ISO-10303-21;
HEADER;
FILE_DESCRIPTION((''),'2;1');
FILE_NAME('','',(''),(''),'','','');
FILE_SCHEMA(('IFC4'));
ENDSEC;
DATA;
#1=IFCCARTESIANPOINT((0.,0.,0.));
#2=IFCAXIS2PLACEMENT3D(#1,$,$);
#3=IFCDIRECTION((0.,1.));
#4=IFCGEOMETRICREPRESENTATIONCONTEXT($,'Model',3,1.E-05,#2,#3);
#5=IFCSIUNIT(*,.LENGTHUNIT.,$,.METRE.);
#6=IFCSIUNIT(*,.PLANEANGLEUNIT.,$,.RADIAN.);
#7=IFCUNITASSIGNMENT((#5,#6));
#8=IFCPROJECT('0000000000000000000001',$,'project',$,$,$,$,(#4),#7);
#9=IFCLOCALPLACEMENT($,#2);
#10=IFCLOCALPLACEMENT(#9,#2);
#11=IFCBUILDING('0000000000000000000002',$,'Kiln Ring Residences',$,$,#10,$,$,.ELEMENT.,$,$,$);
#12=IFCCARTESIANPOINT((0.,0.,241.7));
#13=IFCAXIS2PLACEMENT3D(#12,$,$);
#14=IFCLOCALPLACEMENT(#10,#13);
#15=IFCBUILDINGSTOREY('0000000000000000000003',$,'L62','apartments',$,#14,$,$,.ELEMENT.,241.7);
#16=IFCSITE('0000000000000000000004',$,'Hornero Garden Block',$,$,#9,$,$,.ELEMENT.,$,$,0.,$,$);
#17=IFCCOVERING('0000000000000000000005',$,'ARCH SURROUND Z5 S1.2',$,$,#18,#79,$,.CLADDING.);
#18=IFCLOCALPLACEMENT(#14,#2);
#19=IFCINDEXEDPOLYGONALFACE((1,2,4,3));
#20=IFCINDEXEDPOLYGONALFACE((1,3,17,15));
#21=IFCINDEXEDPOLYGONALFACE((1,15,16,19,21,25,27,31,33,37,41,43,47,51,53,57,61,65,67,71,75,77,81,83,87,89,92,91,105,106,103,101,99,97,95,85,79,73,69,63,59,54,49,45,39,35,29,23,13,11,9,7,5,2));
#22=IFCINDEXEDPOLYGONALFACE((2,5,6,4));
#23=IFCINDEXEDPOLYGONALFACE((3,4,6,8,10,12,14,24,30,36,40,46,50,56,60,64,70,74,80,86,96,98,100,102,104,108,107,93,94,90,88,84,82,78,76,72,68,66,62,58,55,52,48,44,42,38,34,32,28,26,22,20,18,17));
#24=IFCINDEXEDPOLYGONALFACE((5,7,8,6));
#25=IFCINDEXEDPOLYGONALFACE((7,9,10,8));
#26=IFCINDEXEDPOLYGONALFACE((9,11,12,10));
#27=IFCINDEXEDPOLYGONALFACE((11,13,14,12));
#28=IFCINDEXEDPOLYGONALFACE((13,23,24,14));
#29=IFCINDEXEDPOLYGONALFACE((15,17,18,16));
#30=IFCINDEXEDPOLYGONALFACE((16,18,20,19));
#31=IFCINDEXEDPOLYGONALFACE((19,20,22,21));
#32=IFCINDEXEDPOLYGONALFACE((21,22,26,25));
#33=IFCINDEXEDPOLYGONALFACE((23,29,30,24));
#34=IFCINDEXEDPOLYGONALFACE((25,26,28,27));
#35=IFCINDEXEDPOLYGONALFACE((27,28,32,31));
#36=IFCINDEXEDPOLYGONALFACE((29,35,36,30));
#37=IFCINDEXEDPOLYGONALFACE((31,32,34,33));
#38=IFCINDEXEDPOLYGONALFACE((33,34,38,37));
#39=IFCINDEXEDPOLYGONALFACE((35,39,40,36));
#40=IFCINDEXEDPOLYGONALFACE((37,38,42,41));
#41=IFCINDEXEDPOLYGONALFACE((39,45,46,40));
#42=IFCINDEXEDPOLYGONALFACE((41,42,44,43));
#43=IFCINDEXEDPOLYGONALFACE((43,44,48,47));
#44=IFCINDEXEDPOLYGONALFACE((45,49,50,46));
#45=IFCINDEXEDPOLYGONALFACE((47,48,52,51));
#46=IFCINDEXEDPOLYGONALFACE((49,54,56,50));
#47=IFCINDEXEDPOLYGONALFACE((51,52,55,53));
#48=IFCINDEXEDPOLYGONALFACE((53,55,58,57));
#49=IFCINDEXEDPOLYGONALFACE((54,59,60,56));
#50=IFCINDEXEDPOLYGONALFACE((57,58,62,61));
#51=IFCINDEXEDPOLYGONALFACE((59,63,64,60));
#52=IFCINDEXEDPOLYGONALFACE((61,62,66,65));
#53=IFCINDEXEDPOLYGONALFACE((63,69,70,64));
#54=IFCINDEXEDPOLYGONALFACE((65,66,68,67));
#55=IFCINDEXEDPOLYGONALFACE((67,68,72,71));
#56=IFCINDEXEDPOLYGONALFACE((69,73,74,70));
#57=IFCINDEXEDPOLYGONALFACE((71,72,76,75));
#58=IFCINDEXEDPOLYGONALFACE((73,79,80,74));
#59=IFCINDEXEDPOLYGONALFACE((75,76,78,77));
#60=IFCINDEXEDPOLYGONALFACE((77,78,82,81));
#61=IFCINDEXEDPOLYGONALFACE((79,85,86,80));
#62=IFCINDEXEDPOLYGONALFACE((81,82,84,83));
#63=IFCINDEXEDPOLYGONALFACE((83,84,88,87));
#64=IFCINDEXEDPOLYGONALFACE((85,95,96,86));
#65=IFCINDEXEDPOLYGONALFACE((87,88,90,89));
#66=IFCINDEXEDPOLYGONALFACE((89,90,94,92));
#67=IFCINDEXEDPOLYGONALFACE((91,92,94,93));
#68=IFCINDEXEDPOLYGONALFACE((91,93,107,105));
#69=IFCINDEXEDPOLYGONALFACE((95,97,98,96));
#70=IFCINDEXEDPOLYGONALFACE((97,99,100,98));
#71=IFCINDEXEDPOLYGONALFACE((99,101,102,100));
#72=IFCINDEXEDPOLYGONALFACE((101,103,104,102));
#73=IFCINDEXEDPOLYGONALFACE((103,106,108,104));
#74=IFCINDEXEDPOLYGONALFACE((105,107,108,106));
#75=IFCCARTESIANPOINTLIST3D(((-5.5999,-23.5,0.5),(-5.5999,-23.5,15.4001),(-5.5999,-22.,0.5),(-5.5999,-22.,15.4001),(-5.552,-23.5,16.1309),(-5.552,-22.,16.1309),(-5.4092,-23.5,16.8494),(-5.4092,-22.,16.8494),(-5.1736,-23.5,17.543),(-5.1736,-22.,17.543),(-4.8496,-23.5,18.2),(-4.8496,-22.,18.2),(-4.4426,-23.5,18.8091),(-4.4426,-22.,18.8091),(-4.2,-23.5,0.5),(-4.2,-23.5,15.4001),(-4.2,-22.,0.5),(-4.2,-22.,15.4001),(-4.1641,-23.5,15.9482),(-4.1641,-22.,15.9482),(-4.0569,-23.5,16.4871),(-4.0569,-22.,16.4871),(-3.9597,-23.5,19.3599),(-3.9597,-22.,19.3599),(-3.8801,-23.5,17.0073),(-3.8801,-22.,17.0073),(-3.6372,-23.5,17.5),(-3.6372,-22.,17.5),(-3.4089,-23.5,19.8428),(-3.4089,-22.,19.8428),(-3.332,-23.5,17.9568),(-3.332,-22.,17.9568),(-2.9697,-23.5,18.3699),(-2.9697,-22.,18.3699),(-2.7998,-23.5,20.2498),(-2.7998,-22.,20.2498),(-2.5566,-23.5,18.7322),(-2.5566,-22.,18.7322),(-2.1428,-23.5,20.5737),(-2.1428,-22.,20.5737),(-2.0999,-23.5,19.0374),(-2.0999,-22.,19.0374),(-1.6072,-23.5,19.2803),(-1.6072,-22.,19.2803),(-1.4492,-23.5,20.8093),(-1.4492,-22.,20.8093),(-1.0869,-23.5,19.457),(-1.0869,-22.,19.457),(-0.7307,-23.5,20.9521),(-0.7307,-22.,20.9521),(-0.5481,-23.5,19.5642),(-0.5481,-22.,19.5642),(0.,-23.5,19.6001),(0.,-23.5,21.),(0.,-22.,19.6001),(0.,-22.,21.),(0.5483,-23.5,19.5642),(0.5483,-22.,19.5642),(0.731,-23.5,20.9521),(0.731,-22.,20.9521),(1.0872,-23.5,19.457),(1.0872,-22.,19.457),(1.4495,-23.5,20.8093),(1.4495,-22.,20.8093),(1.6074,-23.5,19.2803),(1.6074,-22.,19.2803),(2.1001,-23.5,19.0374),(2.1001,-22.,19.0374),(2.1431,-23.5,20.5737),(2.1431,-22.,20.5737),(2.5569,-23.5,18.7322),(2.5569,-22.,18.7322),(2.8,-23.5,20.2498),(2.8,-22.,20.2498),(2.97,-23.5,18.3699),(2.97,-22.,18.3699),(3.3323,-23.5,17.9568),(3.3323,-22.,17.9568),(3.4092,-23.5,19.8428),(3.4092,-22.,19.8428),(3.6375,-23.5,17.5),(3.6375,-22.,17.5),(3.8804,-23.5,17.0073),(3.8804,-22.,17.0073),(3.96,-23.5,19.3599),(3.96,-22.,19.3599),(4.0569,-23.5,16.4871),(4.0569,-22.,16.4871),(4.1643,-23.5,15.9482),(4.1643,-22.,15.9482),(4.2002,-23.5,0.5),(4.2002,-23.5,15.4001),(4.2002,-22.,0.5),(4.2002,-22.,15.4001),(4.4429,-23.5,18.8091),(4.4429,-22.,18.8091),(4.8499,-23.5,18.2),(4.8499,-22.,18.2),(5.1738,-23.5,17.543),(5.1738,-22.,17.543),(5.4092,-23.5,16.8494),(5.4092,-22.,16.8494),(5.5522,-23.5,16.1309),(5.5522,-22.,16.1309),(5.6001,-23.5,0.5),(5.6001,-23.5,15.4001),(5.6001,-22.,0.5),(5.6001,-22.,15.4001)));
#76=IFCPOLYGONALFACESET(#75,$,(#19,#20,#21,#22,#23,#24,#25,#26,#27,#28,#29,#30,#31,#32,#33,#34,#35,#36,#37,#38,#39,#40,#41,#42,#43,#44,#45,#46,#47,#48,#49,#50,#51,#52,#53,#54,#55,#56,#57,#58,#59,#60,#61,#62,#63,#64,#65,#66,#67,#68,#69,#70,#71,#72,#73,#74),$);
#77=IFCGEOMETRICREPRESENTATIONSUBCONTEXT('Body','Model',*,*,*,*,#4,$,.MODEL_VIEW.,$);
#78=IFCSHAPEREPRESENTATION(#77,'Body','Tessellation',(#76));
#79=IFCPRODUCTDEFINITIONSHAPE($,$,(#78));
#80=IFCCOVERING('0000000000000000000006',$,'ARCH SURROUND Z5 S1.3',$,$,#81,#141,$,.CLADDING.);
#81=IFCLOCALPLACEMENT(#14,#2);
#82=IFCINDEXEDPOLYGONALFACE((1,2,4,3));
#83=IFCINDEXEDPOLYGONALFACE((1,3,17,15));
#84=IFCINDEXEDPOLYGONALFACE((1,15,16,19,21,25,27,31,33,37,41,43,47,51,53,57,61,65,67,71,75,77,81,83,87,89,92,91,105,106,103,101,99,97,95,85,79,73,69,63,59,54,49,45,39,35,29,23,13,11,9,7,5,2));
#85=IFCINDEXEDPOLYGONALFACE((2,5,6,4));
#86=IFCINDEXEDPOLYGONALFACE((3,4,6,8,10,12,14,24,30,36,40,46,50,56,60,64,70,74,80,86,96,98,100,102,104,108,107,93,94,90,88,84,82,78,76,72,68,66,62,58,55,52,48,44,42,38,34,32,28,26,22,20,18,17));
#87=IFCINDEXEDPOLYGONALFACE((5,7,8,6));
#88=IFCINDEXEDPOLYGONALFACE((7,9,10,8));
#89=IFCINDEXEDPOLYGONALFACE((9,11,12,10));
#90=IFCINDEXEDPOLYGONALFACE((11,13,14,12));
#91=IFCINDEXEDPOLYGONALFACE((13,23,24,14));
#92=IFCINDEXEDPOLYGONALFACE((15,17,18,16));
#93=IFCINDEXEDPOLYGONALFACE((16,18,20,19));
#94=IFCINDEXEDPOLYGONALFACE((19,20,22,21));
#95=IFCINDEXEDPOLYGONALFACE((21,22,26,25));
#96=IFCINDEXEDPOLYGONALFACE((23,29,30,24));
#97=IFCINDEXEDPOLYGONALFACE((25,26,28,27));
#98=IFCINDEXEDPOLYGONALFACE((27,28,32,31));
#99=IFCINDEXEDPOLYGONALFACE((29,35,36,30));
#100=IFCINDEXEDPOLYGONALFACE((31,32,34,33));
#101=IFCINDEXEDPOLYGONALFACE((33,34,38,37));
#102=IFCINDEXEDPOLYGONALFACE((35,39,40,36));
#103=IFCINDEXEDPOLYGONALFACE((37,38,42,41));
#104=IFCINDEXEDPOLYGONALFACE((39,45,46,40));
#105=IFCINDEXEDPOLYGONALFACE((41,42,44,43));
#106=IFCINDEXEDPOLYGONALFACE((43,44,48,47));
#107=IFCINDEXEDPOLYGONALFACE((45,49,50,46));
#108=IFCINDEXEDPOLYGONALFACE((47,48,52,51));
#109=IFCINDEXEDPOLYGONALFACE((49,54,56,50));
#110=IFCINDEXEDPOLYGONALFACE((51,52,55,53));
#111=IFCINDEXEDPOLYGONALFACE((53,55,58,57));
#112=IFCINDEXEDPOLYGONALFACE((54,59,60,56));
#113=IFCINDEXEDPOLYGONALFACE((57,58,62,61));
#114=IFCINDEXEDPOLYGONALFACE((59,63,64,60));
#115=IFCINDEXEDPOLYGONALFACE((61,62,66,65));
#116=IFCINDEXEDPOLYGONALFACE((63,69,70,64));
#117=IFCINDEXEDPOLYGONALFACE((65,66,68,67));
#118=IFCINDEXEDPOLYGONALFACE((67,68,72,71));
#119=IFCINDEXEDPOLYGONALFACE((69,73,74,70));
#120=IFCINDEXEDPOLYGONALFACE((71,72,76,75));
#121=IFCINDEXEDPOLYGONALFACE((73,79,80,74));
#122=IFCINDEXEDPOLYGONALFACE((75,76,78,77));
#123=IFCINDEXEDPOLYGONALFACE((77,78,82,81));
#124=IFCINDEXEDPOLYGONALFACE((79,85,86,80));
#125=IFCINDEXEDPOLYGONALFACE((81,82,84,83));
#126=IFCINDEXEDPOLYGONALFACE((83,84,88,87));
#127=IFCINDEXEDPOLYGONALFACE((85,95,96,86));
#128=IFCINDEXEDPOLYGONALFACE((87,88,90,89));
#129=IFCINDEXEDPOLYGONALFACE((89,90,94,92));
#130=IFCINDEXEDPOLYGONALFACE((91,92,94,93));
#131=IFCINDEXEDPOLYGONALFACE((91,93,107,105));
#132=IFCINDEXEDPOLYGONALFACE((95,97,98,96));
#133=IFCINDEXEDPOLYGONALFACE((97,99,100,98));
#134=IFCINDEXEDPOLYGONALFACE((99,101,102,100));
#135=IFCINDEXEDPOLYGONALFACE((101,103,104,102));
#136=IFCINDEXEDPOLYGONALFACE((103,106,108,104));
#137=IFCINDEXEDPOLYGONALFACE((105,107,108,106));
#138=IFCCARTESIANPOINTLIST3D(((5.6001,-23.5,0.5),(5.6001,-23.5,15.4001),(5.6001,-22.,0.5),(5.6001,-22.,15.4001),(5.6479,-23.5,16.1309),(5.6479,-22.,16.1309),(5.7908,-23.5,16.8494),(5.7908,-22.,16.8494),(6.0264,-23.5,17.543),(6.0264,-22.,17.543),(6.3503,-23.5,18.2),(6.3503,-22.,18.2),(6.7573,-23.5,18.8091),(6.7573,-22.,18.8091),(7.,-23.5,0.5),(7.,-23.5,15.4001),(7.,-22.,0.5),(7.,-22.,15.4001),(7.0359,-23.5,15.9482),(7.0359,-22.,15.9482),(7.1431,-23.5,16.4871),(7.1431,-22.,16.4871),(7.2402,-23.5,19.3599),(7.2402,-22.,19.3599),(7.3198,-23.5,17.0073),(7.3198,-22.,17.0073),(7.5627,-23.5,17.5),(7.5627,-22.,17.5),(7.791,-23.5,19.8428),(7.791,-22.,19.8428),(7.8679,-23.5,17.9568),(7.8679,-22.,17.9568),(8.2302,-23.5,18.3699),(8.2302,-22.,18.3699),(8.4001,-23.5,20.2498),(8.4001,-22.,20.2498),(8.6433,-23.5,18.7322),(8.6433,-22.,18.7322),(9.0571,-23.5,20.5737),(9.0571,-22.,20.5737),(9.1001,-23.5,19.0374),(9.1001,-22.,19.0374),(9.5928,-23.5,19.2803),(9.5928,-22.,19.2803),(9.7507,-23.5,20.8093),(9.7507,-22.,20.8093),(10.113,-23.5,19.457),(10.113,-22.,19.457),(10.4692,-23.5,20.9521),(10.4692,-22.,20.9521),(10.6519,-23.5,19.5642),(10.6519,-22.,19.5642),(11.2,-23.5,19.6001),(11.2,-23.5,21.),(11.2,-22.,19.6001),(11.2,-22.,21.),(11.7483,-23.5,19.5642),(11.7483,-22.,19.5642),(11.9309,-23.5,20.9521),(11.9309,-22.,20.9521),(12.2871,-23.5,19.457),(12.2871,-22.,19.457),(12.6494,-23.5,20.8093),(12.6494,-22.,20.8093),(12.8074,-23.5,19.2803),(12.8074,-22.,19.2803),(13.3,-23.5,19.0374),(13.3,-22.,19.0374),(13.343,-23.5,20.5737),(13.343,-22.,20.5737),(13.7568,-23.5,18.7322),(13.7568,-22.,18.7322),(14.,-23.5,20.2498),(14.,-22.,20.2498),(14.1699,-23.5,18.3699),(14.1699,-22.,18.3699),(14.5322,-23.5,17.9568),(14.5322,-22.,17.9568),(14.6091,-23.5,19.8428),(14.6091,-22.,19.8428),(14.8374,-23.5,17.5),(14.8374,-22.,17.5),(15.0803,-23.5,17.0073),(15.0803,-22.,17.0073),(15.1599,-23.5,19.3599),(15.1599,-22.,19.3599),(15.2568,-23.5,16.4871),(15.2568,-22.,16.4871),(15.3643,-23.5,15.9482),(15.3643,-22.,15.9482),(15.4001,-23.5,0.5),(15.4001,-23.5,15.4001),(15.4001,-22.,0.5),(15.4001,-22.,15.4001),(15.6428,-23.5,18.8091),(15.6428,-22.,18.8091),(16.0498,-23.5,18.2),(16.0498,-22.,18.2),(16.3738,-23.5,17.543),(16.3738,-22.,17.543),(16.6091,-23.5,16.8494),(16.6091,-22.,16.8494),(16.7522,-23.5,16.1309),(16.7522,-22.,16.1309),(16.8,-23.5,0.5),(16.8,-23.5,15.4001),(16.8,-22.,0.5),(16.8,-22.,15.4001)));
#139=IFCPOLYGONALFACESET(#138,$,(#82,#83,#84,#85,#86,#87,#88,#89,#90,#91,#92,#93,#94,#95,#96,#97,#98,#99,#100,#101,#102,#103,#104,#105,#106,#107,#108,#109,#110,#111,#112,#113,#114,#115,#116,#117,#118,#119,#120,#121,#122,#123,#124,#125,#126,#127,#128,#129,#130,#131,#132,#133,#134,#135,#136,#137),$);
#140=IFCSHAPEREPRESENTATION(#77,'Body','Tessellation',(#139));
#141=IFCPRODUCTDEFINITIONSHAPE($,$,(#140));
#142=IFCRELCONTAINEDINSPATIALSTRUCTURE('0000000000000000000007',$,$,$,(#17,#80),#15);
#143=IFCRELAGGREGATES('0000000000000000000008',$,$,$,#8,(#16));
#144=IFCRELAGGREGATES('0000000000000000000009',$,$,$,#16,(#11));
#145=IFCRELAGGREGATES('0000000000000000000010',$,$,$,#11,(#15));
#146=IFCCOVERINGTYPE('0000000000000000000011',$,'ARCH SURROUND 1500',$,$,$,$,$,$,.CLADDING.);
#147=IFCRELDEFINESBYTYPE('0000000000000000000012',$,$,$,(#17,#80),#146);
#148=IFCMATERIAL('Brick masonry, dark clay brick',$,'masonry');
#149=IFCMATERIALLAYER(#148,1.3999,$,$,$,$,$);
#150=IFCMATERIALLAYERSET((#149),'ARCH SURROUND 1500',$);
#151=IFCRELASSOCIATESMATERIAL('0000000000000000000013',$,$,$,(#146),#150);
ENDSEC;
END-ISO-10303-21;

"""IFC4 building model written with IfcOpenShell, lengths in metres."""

from ifc_helpers import new_model, si_unit, direction, frame, origin, place, context, subcontext, project, spatial, polyline, outline, extrude, material, layer, layer_set, type_object, element, save


model = new_model("IFC4")

# Units and contexts
model_context = context("Model", 3, precision=1e-05, world=origin(), true_north=direction((0.0, 1.0)))
body_context = subcontext(model_context, "Body", "Model", "MODEL_VIEW")
ifc_project = project(units=[si_unit("LENGTHUNIT", "METRE"), si_unit("PLANEANGLEUNIT", "RADIAN")], contexts=[model_context])

# Site, building, storey
site_placement = place(None, origin())
site = spatial("IfcSite", under=ifc_project, at=site_placement, Name="Hornero Garden Block", CompositionType="ELEMENT", RefElevation=0.0)
building_placement = place(site_placement, origin())
building = spatial("IfcBuilding", under=site, at=building_placement, Name="Kiln Ring Residences", CompositionType="ELEMENT")
storey_placement = place(building_placement, frame((0.0, 0.0, 241.7)))
storey = spatial("IfcBuildingStorey", under=building, at=storey_placement, Name="L62", Description="apartments", CompositionType="ELEMENT", Elevation=241.7)

# Coverings
ifc_material_1 = material(Name="Brick masonry, dark clay brick", Category="masonry")
ifc_layer_1 = layer(ifc_material_1, 1.3999)
ifc_layer_set_1 = layer_set([ifc_layer_1], Name="ARCH SURROUND 1500")
covering_type = type_object("IfcCoveringType", Name="ARCH SURROUND 1500", PredefinedType="CLADDING", material=ifc_layer_set_1)
covering_1_placement = place(storey_placement, frame((5.6001, -22.75, 0.5), z_axis=(0.0, 0.0, 1.0), x_axis=(-1.0, 0.0, 0.0)))
element("IfcCovering", 1, at=covering_1_placement, inside=storey, type_object=covering_type, Name="ARCH SURROUND Z5 S1.2", PredefinedType="CLADDING", context=body_context, shape_type="SweptSolid", body=[
    extrude(outline(polyline([(11.2, 0.0), (11.2, 14.9001), (11.1521, 15.6309), (11.0093, 16.3494), (10.7737, 17.043), (10.4497, 17.7), (10.0427, 18.3091), (9.5598, 18.8599), (9.009, 19.3428), (8.3999, 19.7498), (7.7429, 20.0737), (7.0493, 20.3093), (6.3308, 20.4521), (5.6001, 20.5), (4.8691, 20.4521), (4.1506, 20.3093), (3.457, 20.0737), (2.8, 19.7498), (2.1909, 19.3428), (1.6401, 18.8599), (1.1572, 18.3091), (0.7502, 17.7), (0.4263, 17.043), (0.1909, 16.3494), (0.0479, 15.6309), (0.0, 14.9001), (0.0, 0.0), (1.3999, 0.0), (1.3999, 14.9001), (1.4358, 15.4482), (1.5432, 15.9871), (1.7197, 16.5073), (1.9626, 17.0), (2.2678, 17.4568), (2.6301, 17.8699), (3.0432, 18.2322), (3.5, 18.5374), (3.9927, 18.7803), (4.5129, 18.957), (5.0518, 19.0642), (5.6001, 19.1001), (6.1482, 19.0642), (6.687, 18.957), (7.2073, 18.7803), (7.7, 18.5374), (8.1567, 18.2322), (8.5698, 17.8699), (8.9321, 17.4568), (9.2373, 17.0), (9.4802, 16.5073), (9.657, 15.9871), (9.7642, 15.4482), (9.8, 14.9001), (9.8, 0.0), (11.2, 0.0)])), frame((0.0, 0.75, 0.0), z_axis=(0.0, -1.0, 0.0), x_axis=(1.0, 0.0, 0.0)), (0.0, 0.0, 1.0), 1.5),
])
covering_2_placement = place(storey_placement, frame((16.8, -22.75, 0.5), z_axis=(0.0, 0.0, 1.0), x_axis=(-1.0, 0.0, 0.0)))
element("IfcCovering", 2, at=covering_2_placement, inside=storey, type_object=covering_type, Name="ARCH SURROUND Z5 S1.3", PredefinedType="CLADDING", context=body_context, shape_type="SweptSolid", body=[
    extrude(outline(polyline([(11.2, 0.0), (11.2, 14.9001), (11.1521, 15.6309), (11.0093, 16.3494), (10.7737, 17.043), (10.4497, 17.7), (10.0427, 18.3091), (9.5598, 18.8599), (9.009, 19.3428), (8.3999, 19.7498), (7.7429, 20.0737), (7.0493, 20.3093), (6.3308, 20.4521), (5.6001, 20.5), (4.8691, 20.4521), (4.1506, 20.3093), (3.457, 20.0737), (2.8, 19.7498), (2.1909, 19.3428), (1.6401, 18.8599), (1.1572, 18.3091), (0.7502, 17.7), (0.4263, 17.043), (0.1909, 16.3494), (0.0479, 15.6309), (0.0, 14.9001), (0.0, 0.0), (1.3999, 0.0), (1.3999, 14.9001), (1.4358, 15.4482), (1.5432, 15.9871), (1.7197, 16.5073), (1.9626, 17.0), (2.2678, 17.4568), (2.6301, 17.8699), (3.0432, 18.2322), (3.5, 18.5374), (3.9927, 18.7803), (4.5129, 18.957), (5.0518, 19.0642), (5.6001, 19.1001), (6.1482, 19.0642), (6.687, 18.957), (7.2073, 18.7803), (7.7, 18.5374), (8.1567, 18.2322), (8.5698, 17.8699), (8.9321, 17.4568), (9.2373, 17.0), (9.4802, 16.5073), (9.657, 15.9871), (9.7642, 15.4482), (9.8, 14.9001), (9.8, 0.0), (11.2, 0.0)])), frame((0.0, 0.75, 0.0), z_axis=(0.0, -1.0, 0.0), x_axis=(1.0, 0.0, 0.0)), (0.0, 0.0, 1.0), 1.5),
])

save(model, "model.ifc")
